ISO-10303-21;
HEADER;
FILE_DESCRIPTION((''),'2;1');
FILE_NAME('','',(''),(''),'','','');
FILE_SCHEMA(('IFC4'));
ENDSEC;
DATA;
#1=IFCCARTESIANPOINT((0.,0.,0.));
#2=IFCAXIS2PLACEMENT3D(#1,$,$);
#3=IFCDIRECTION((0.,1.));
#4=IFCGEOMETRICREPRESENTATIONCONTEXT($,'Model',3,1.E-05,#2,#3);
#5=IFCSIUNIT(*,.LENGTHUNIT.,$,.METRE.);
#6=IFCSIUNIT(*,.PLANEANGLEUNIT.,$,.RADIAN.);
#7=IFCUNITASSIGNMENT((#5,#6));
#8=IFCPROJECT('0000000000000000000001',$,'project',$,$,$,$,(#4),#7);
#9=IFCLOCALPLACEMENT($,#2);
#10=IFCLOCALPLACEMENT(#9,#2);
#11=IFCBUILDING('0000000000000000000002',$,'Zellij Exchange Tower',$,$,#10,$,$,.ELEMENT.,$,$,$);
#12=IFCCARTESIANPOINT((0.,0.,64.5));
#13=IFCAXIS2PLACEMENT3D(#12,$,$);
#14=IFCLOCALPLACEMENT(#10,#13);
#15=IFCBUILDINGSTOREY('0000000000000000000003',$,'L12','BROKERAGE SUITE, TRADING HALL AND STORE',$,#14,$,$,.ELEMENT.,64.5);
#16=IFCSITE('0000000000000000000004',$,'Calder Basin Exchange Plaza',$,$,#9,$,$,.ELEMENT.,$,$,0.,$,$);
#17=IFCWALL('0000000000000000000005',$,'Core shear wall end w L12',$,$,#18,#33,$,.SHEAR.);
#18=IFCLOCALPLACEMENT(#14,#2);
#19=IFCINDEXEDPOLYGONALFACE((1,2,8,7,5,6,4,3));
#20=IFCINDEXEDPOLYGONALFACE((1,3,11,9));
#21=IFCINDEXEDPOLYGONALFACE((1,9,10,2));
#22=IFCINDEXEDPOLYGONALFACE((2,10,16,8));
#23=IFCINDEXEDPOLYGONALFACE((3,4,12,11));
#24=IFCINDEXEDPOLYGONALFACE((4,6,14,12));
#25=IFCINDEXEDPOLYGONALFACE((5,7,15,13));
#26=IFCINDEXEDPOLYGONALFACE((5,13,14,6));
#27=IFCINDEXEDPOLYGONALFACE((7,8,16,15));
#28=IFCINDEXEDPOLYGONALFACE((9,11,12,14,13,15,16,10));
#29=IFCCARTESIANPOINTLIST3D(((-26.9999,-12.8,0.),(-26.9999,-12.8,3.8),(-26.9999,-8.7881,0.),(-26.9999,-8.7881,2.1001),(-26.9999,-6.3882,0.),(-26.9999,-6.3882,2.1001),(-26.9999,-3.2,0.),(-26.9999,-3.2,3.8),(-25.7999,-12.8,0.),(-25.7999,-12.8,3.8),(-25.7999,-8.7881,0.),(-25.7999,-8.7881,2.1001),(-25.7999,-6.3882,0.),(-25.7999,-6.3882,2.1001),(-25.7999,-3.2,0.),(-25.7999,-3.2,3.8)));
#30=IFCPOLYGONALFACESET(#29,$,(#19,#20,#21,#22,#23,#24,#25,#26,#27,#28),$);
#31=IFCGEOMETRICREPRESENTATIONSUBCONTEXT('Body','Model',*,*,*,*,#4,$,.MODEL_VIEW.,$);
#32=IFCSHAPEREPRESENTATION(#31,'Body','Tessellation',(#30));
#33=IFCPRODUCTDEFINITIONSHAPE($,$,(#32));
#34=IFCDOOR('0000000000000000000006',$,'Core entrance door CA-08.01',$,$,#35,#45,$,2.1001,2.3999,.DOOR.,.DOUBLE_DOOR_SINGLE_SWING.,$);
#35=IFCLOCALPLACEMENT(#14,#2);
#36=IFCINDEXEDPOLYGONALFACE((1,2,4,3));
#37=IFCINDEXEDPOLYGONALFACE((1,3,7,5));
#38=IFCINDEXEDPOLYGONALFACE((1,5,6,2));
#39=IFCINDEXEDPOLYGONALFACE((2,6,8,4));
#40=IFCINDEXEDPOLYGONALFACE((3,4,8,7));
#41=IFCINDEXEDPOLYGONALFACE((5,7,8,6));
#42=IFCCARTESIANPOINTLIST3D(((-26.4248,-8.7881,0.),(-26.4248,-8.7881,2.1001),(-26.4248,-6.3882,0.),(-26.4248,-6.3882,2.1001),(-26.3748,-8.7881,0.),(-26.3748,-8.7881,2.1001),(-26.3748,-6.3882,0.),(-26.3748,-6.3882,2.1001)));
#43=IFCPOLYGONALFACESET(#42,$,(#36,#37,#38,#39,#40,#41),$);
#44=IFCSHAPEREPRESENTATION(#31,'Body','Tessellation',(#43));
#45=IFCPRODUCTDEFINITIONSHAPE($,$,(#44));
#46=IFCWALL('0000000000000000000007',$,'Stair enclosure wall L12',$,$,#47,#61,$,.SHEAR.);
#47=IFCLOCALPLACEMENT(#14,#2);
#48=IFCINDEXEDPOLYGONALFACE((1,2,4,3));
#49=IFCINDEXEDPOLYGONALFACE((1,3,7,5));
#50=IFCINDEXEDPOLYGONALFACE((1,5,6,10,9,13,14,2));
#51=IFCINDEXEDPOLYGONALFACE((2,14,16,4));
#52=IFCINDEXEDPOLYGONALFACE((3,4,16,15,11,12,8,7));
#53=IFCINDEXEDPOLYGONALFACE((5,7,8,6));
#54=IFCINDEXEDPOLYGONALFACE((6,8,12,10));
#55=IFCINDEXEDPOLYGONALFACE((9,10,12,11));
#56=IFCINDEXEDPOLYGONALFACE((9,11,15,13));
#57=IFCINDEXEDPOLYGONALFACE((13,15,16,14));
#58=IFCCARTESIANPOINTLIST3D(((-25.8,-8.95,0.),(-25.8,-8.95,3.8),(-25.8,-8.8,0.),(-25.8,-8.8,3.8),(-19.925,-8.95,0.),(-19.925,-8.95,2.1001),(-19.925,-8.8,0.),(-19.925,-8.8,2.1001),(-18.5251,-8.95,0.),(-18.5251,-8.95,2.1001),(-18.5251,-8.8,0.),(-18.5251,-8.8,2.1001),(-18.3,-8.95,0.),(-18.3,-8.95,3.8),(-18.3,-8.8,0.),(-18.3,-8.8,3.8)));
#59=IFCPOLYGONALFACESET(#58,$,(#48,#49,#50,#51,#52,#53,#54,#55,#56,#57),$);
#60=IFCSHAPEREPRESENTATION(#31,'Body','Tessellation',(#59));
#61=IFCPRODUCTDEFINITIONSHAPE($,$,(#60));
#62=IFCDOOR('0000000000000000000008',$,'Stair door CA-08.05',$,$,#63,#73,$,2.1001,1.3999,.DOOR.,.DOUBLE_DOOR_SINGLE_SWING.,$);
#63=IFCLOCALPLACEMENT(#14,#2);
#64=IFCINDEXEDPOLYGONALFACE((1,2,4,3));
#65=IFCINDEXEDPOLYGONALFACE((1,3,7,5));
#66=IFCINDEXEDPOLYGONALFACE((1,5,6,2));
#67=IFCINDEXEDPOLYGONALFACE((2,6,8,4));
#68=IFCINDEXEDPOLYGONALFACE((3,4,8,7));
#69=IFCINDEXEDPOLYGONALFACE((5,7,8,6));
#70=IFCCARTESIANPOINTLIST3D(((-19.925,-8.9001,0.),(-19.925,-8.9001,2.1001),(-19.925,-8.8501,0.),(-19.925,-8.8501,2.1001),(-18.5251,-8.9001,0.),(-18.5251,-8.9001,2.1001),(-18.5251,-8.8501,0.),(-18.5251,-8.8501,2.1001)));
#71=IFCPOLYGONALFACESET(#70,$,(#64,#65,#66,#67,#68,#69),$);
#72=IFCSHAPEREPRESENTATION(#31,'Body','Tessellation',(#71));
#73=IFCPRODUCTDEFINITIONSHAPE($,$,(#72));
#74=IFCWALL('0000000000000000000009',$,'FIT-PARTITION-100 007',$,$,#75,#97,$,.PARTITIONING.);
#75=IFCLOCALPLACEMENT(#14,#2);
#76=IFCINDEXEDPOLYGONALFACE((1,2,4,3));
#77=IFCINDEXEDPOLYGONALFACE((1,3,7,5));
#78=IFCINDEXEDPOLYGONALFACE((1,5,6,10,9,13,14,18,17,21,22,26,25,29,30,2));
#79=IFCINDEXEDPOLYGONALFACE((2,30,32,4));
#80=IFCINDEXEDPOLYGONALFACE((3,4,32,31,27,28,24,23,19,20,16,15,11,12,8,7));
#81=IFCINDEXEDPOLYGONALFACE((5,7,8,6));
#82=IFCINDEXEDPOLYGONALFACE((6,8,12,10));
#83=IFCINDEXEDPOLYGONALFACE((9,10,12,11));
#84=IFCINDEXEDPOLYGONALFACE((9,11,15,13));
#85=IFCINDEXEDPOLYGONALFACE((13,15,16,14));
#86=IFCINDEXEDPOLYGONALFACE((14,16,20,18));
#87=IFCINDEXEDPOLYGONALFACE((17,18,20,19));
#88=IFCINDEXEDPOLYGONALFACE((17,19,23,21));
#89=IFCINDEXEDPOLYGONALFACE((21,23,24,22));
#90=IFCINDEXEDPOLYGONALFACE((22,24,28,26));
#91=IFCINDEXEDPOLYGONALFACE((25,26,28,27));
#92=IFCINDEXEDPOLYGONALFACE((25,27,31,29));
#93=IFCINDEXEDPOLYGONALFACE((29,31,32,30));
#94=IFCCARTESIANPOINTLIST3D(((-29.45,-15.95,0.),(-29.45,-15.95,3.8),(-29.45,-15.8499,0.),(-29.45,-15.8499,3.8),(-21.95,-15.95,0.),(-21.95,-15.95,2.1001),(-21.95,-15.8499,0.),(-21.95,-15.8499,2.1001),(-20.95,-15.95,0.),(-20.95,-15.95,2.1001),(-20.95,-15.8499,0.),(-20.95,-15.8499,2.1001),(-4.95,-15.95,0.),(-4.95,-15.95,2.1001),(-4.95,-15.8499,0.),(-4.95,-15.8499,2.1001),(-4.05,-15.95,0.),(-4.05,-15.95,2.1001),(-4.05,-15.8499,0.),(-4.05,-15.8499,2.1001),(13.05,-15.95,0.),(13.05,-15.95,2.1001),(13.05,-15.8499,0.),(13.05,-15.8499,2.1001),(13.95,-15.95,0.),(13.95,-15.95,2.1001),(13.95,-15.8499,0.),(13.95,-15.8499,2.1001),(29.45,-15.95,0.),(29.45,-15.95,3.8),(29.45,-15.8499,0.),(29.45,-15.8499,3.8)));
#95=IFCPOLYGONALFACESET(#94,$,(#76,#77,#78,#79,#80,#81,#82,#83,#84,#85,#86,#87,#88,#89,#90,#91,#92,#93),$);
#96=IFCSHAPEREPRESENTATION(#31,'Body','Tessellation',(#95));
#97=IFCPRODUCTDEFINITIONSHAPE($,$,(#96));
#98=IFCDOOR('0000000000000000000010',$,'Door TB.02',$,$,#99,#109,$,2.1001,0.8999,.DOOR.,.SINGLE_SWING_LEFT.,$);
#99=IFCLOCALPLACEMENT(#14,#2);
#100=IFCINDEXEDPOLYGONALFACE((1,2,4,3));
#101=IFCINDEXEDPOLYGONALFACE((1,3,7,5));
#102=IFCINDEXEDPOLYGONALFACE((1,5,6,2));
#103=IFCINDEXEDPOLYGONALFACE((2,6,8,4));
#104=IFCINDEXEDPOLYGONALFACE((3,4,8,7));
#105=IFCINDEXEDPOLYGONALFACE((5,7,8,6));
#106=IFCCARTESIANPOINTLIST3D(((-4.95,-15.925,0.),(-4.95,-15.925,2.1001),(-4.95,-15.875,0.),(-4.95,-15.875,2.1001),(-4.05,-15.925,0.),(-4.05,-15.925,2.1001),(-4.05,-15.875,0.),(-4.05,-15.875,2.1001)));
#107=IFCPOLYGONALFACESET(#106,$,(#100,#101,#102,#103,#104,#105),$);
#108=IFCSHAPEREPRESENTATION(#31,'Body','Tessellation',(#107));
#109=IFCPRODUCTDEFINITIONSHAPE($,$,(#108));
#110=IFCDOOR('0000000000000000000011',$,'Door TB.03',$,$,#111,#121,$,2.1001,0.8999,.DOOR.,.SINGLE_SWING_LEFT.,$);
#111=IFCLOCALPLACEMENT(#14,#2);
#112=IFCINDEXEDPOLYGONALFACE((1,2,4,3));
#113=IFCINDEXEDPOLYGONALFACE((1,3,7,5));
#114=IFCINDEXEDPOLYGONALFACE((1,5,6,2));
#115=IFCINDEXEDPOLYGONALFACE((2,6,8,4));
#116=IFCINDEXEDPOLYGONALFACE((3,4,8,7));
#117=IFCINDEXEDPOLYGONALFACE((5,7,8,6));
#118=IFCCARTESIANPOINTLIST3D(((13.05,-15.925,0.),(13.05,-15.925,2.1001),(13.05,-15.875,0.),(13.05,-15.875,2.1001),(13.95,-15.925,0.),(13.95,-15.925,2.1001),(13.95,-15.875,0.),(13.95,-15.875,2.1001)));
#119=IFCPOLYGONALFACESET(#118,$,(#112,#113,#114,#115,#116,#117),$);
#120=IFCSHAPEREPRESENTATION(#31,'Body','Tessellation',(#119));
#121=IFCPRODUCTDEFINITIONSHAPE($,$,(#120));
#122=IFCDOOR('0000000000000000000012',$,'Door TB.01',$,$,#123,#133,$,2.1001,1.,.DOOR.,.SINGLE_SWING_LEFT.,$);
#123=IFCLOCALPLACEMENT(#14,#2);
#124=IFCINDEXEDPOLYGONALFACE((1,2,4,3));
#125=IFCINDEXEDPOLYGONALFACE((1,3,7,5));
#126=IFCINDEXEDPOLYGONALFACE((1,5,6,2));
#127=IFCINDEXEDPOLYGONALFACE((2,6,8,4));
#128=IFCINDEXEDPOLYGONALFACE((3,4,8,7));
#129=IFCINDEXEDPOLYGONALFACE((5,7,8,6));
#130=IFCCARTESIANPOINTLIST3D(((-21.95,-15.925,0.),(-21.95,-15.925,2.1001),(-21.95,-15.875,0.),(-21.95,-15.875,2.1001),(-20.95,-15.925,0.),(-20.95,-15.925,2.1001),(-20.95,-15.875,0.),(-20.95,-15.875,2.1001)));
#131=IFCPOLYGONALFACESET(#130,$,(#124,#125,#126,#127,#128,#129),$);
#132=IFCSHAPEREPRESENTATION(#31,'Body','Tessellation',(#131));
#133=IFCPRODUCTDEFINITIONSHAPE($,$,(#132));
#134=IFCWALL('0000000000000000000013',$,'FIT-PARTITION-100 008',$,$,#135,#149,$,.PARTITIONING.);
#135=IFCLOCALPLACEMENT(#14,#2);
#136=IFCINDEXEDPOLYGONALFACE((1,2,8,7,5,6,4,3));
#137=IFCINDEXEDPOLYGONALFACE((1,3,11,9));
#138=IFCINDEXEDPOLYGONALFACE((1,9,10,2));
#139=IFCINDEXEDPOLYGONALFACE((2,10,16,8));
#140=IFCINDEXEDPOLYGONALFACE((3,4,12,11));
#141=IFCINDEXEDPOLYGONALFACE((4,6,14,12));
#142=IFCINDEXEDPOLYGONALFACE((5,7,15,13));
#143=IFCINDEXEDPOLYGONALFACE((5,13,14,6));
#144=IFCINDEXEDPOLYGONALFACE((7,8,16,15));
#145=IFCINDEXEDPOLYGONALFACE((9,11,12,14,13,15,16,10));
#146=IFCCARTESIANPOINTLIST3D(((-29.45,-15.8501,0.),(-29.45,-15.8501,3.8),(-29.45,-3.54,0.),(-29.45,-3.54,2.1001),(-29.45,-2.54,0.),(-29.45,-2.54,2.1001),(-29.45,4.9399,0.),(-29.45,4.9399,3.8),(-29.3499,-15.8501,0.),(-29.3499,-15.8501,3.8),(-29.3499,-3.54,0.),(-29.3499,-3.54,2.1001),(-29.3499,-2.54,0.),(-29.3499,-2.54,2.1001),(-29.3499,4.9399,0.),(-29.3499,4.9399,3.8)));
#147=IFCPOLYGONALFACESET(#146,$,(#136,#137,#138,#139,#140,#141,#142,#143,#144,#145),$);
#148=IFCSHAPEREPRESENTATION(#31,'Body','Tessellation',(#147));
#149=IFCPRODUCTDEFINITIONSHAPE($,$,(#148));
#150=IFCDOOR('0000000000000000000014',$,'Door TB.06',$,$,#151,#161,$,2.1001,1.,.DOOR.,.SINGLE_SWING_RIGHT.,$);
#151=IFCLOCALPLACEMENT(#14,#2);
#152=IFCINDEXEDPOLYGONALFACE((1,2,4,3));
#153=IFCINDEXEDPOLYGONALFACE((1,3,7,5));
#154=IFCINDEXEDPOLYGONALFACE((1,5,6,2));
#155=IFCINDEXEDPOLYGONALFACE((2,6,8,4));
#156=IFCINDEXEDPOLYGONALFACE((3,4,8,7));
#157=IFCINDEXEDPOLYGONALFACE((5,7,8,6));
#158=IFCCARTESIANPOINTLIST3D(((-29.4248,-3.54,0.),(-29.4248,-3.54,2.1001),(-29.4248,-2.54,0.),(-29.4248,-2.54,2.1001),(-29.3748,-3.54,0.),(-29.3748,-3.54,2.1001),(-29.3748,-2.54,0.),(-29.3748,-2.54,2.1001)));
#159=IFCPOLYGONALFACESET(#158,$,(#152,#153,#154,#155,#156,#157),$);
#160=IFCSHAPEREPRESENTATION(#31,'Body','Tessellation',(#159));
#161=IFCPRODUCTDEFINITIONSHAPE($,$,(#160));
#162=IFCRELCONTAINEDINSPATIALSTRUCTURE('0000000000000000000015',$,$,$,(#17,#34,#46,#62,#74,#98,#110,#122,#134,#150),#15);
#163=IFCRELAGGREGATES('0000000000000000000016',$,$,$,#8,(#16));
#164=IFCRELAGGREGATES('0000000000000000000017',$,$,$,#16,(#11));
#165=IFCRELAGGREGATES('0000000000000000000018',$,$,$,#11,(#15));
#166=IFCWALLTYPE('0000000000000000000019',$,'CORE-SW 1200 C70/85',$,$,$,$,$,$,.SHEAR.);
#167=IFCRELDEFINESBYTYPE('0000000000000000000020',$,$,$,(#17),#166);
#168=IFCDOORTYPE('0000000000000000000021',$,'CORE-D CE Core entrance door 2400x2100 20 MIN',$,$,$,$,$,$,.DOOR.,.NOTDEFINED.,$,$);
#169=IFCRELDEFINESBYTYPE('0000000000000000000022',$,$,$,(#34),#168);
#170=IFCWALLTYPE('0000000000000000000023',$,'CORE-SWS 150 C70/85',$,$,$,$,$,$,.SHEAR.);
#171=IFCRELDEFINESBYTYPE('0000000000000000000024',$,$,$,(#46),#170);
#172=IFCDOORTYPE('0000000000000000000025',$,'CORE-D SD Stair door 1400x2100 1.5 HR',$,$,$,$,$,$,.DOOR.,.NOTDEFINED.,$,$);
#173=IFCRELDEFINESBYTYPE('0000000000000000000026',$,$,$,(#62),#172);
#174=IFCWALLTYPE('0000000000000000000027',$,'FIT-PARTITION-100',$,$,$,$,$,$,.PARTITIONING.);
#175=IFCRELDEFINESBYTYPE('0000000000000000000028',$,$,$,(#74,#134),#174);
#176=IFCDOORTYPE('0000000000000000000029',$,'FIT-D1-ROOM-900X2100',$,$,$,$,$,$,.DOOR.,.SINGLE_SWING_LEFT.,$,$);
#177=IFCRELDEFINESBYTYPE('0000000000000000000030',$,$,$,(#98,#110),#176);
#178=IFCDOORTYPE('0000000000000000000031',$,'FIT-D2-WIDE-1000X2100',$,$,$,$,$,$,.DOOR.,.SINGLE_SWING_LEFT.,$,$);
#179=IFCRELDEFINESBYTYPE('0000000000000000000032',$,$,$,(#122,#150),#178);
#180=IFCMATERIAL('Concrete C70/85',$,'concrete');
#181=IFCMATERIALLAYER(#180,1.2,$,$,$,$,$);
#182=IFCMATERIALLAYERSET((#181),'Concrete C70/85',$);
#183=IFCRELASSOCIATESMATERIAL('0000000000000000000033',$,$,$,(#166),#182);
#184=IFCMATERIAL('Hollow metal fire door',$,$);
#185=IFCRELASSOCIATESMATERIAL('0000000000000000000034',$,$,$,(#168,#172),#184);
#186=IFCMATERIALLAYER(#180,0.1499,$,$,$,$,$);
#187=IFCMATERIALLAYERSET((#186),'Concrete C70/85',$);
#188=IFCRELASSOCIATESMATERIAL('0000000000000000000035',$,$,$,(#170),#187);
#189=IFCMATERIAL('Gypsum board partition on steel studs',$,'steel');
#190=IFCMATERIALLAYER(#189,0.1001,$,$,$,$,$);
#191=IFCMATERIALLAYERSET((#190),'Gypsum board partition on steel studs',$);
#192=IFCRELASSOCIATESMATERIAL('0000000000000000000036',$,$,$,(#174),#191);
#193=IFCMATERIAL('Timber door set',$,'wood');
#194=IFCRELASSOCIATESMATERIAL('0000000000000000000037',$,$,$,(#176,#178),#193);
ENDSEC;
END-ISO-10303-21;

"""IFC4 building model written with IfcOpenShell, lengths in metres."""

from ifc_helpers import new_model, si_unit, direction, frame, frame_2d, origin, place, context, subcontext, project, spatial, rectangle, extrude, material, layer, layer_set, type_object, element, fill, save


model = new_model("IFC4")

# Units and contexts
model_context = context("Model", 3, precision=1e-05, world=origin(), true_north=direction((0.0, 1.0)))
body_context = subcontext(model_context, "Body", "Model", "MODEL_VIEW")
ifc_project = project(units=[si_unit("LENGTHUNIT", "METRE"), si_unit("PLANEANGLEUNIT", "RADIAN")], contexts=[model_context])

# Site, building, storey
site_placement = place(None, origin())
site = spatial("IfcSite", under=ifc_project, at=site_placement, Name="Calder Basin Exchange Plaza", CompositionType="ELEMENT", RefElevation=0.0)
building_placement = place(site_placement, origin())
building = spatial("IfcBuilding", under=site, at=building_placement, Name="Zellij Exchange Tower", CompositionType="ELEMENT")
storey_placement = place(building_placement, frame((0.0, 0.0, 64.5)))
storey = spatial("IfcBuildingStorey", under=building, at=storey_placement, Name="L12", Description="BROKERAGE SUITE, TRADING HALL AND STORE", CompositionType="ELEMENT", Elevation=64.5)

# Shared definitions
ifc_material_1 = material(Name="Concrete C70/85", Category="concrete")

# Shared definitions
ifc_layer_1 = layer(ifc_material_1, 1.2)
ifc_layer_set_1 = layer_set([ifc_layer_1], Name="Concrete C70/85")
wall_type_1 = type_object("IfcWallType", Name="CORE-SW 1200 C70/85", PredefinedType="SHEAR", material=ifc_layer_set_1)
ifc_material_2 = material(Name="Hollow metal fire door")

# Walls, openings, doors
wall_1_placement = place(storey_placement, frame((-26.3999, -12.8, 0.0), z_axis=(0.0, 0.0, 1.0), x_axis=(0.0, 1.0, 0.0)))
wall_1 = element("IfcWall", 1, at=wall_1_placement, inside=storey, type_object=wall_type_1, Name="Core shear wall end w L12", PredefinedType="SHEAR", context=body_context, shape_type="SweptSolid", body=[
    extrude(rectangle(XDim=9.6001, YDim=1.2, at=frame_2d((4.8, 0.0))), origin(), (0.0, 0.0, 1.0), 3.8),
])
opening_1_placement = place(wall_1_placement, frame((4.012, 0.0, 0.0)))
opening_1 = element("IfcOpeningElement", 2, at=opening_1_placement, cuts=wall_1, PredefinedType="OPENING", context=body_context, shape_type="SweptSolid", body=[
    extrude(rectangle(XDim=2.3999, YDim=2.1001, at=frame_2d((1.2, 1.05))), frame((0.0, 0.6118, 0.0), z_axis=(0.0, -1.0, 0.0), x_axis=(1.0, 0.0, 0.0)), (0.0, 0.0, 1.0), 1.2239),
])
door_type_1 = type_object("IfcDoorType", Name="CORE-D CE Core entrance door 2400x2100 20 MIN", OperationType="NOTDEFINED", PredefinedType="DOOR", material=ifc_material_2)
door_1_placement = place(opening_1_placement, origin())
door_1 = element("IfcDoor", 3, at=door_1_placement, inside=storey, type_object=door_type_1, Name="Core entrance door CA-08.01", OperationType="DOUBLE_DOOR_SINGLE_SWING", OverallHeight=2.1001, OverallWidth=2.3999, PredefinedType="DOOR", context=body_context, shape_type="SweptSolid", body=[
    extrude(rectangle(XDim=2.3999, YDim=2.1001, at=frame_2d((1.2, 1.05))), frame((0.0, 0.0249, 0.0), z_axis=(0.0, -1.0, 0.0), x_axis=(1.0, 0.0, 0.0)), (0.0, 0.0, 1.0), 0.05),
])
fill(opening_1, door_1)
ifc_layer_2 = layer(ifc_material_1, 0.1499)
ifc_layer_set_2 = layer_set([ifc_layer_2], Name="Concrete C70/85")
wall_type_2 = type_object("IfcWallType", Name="CORE-SWS 150 C70/85", PredefinedType="SHEAR", material=ifc_layer_set_2)
wall_2_placement = place(storey_placement, frame((-25.8, -8.875, 0.0), z_axis=(0.0, 0.0, 1.0), x_axis=(1.0, 0.0, 0.0)))
wall_2 = element("IfcWall", 4, at=wall_2_placement, inside=storey, type_object=wall_type_2, Name="Stair enclosure wall L12", PredefinedType="SHEAR", context=body_context, shape_type="SweptSolid", body=[
    extrude(rectangle(XDim=7.5, YDim=0.1499, at=frame_2d((3.75, 0.0))), origin(), (0.0, 0.0, 1.0), 3.8),
])
opening_2_placement = place(wall_2_placement, frame((5.875, 0.0, 0.0)))
opening_2 = element("IfcOpeningElement", 5, at=opening_2_placement, cuts=wall_2, PredefinedType="OPENING", context=body_context, shape_type="SweptSolid", body=[
    extrude(rectangle(XDim=1.3999, YDim=2.1001, at=frame_2d((0.7, 1.05))), frame((0.0, 0.0869, 0.0), z_axis=(0.0, -1.0, 0.0), x_axis=(1.0, 0.0, 0.0)), (0.0, 0.0, 1.0), 0.1738),
])
door_type_2 = type_object("IfcDoorType", Name="CORE-D SD Stair door 1400x2100 1.5 HR", OperationType="NOTDEFINED", PredefinedType="DOOR", material=ifc_material_2)
door_2_placement = place(opening_2_placement, origin())
door_2 = element("IfcDoor", 6, at=door_2_placement, inside=storey, type_object=door_type_2, Name="Stair door CA-08.05", OperationType="DOUBLE_DOOR_SINGLE_SWING", OverallHeight=2.1001, OverallWidth=1.3999, PredefinedType="DOOR", context=body_context, shape_type="SweptSolid", body=[
    extrude(rectangle(XDim=1.3999, YDim=2.1001, at=frame_2d((0.7, 1.05))), frame((0.0, 0.0249, 0.0), z_axis=(0.0, -1.0, 0.0), x_axis=(1.0, 0.0, 0.0)), (0.0, 0.0, 1.0), 0.05),
])
fill(opening_2, door_2)

# Wall, openings, doors
ifc_material_3 = material(Name="Gypsum board partition on steel studs", Category="steel")
ifc_layer_3 = layer(ifc_material_3, 0.1001)
ifc_layer_set_3 = layer_set([ifc_layer_3], Name="Gypsum board partition on steel studs")
wall_type_3 = type_object("IfcWallType", Name="FIT-PARTITION-100", PredefinedType="PARTITIONING", material=ifc_layer_set_3)
wall_3_placement = place(storey_placement, frame((-29.45, -15.8999, 0.0), z_axis=(0.0, 0.0, 1.0), x_axis=(1.0, 0.0, 0.0)))
wall_3 = element("IfcWall", 7, at=wall_3_placement, inside=storey, type_object=wall_type_3, Name="FIT-PARTITION-100 007", PredefinedType="PARTITIONING", context=body_context, shape_type="SweptSolid", body=[
    extrude(rectangle(XDim=58.8999, YDim=0.1001, at=frame_2d((29.45, 0.0))), origin(), (0.0, 0.0, 1.0), 3.8),
])
opening_3_placement = place(wall_3_placement, frame((7.5, 0.0, 0.0)))
opening_3 = element("IfcOpeningElement", 8, at=opening_3_placement, cuts=wall_3, PredefinedType="OPENING", context=body_context, shape_type="SweptSolid", body=[
    extrude(rectangle(XDim=1.0, YDim=2.1001, at=frame_2d((0.5, 1.05))), frame((0.0, 0.062, 0.0), z_axis=(0.0, -1.0, 0.0), x_axis=(1.0, 0.0, 0.0)), (0.0, 0.0, 1.0), 0.124),
])
opening_4_placement = place(wall_3_placement, frame((24.5, 0.0, 0.0)))
opening_4 = element("IfcOpeningElement", 9, at=opening_4_placement, cuts=wall_3, PredefinedType="OPENING", context=body_context, shape_type="SweptSolid", body=[
    extrude(rectangle(XDim=0.8999, YDim=2.1001, at=frame_2d((0.45, 1.05))), frame((0.0, 0.062, 0.0), z_axis=(0.0, -1.0, 0.0), x_axis=(1.0, 0.0, 0.0)), (0.0, 0.0, 1.0), 0.124),
])
opening_5_placement = place(wall_3_placement, frame((42.5, 0.0, 0.0)))
opening_5 = element("IfcOpeningElement", 10, at=opening_5_placement, cuts=wall_3, PredefinedType="OPENING", context=body_context, shape_type="SweptSolid", body=[
    extrude(rectangle(XDim=0.8999, YDim=2.1001, at=frame_2d((0.45, 1.05))), frame((0.0, 0.062, 0.0), z_axis=(0.0, -1.0, 0.0), x_axis=(1.0, 0.0, 0.0)), (0.0, 0.0, 1.0), 0.124),
])
ifc_material_4 = material(Name="Timber door set", Category="wood")
door_type_3 = type_object("IfcDoorType", Name="FIT-D1-ROOM-900X2100", OperationType="SINGLE_SWING_LEFT", PredefinedType="DOOR", material=ifc_material_4)
door_3_placement = place(opening_4_placement, origin())
door_3 = element("IfcDoor", 11, at=door_3_placement, inside=storey, type_object=door_type_3, Name="Door TB.02", OperationType="SINGLE_SWING_LEFT", OverallHeight=2.1001, OverallWidth=0.8999, PredefinedType="DOOR", context=body_context, shape_type="SweptSolid", body=[
    extrude(rectangle(XDim=0.8999, YDim=2.1001, at=frame_2d((0.45, 1.05))), frame((0.0, 0.0249, 0.0), z_axis=(0.0, -1.0, 0.0), x_axis=(1.0, 0.0, 0.0)), (0.0, 0.0, 1.0), 0.05),
])
fill(opening_4, door_3)
door_4_placement = place(opening_5_placement, origin())
door_4 = element("IfcDoor", 12, at=door_4_placement, inside=storey, type_object=door_type_3, Name="Door TB.03", OperationType="SINGLE_SWING_LEFT", OverallHeight=2.1001, OverallWidth=0.8999, PredefinedType="DOOR", context=body_context, shape_type="SweptSolid", body=[
    extrude(rectangle(XDim=0.8999, YDim=2.1001, at=frame_2d((0.45, 1.05))), frame((0.0, 0.0249, 0.0), z_axis=(0.0, -1.0, 0.0), x_axis=(1.0, 0.0, 0.0)), (0.0, 0.0, 1.0), 0.05),
])
fill(opening_5, door_4)
door_type_4 = type_object("IfcDoorType", Name="FIT-D2-WIDE-1000X2100", OperationType="SINGLE_SWING_LEFT", PredefinedType="DOOR", material=ifc_material_4)
door_5_placement = place(opening_3_placement, origin())
door_5 = element("IfcDoor", 13, at=door_5_placement, inside=storey, type_object=door_type_4, Name="Door TB.01", OperationType="SINGLE_SWING_LEFT", OverallHeight=2.1001, OverallWidth=1.0, PredefinedType="DOOR", context=body_context, shape_type="SweptSolid", body=[
    extrude(rectangle(XDim=1.0, YDim=2.1001, at=frame_2d((0.5, 1.05))), frame((0.0, 0.0249, 0.0), z_axis=(0.0, -1.0, 0.0), x_axis=(1.0, 0.0, 0.0)), (0.0, 0.0, 1.0), 0.05),
])
fill(opening_3, door_5)

# Wall, opening, door
wall_4_placement = place(storey_placement, frame((-29.3999, -15.8501, 0.0), z_axis=(0.0, 0.0, 1.0), x_axis=(0.0, 1.0, 0.0)))
wall_4 = element("IfcWall", 14, at=wall_4_placement, inside=storey, type_object=wall_type_3, Name="FIT-PARTITION-100 008", PredefinedType="PARTITIONING", context=body_context, shape_type="SweptSolid", body=[
    extrude(rectangle(XDim=20.79, YDim=0.1001, at=frame_2d((10.395, 0.0))), origin(), (0.0, 0.0, 1.0), 3.8),
])
opening_6_placement = place(wall_4_placement, frame((12.3101, 0.0, 0.0)))
opening_6 = element("IfcOpeningElement", 15, at=opening_6_placement, cuts=wall_4, PredefinedType="OPENING", context=body_context, shape_type="SweptSolid", body=[
    extrude(rectangle(XDim=1.0, YDim=2.1001, at=frame_2d((0.5, 1.05))), frame((0.0, 0.062, 0.0), z_axis=(0.0, -1.0, 0.0), x_axis=(1.0, 0.0, 0.0)), (0.0, 0.0, 1.0), 0.124),
])
door_6_placement = place(opening_6_placement, origin())
door_6 = element("IfcDoor", 16, at=door_6_placement, inside=storey, type_object=door_type_4, Name="Door TB.06", OperationType="SINGLE_SWING_RIGHT", OverallHeight=2.1001, OverallWidth=1.0, PredefinedType="DOOR", context=body_context, shape_type="SweptSolid", body=[
    extrude(rectangle(XDim=1.0, YDim=2.1001, at=frame_2d((0.5, 1.05))), frame((0.0, 0.0249, 0.0), z_axis=(0.0, -1.0, 0.0), x_axis=(1.0, 0.0, 0.0)), (0.0, 0.0, 1.0), 0.05),
])
fill(opening_6, door_6)

save(model, "model.ifc")
